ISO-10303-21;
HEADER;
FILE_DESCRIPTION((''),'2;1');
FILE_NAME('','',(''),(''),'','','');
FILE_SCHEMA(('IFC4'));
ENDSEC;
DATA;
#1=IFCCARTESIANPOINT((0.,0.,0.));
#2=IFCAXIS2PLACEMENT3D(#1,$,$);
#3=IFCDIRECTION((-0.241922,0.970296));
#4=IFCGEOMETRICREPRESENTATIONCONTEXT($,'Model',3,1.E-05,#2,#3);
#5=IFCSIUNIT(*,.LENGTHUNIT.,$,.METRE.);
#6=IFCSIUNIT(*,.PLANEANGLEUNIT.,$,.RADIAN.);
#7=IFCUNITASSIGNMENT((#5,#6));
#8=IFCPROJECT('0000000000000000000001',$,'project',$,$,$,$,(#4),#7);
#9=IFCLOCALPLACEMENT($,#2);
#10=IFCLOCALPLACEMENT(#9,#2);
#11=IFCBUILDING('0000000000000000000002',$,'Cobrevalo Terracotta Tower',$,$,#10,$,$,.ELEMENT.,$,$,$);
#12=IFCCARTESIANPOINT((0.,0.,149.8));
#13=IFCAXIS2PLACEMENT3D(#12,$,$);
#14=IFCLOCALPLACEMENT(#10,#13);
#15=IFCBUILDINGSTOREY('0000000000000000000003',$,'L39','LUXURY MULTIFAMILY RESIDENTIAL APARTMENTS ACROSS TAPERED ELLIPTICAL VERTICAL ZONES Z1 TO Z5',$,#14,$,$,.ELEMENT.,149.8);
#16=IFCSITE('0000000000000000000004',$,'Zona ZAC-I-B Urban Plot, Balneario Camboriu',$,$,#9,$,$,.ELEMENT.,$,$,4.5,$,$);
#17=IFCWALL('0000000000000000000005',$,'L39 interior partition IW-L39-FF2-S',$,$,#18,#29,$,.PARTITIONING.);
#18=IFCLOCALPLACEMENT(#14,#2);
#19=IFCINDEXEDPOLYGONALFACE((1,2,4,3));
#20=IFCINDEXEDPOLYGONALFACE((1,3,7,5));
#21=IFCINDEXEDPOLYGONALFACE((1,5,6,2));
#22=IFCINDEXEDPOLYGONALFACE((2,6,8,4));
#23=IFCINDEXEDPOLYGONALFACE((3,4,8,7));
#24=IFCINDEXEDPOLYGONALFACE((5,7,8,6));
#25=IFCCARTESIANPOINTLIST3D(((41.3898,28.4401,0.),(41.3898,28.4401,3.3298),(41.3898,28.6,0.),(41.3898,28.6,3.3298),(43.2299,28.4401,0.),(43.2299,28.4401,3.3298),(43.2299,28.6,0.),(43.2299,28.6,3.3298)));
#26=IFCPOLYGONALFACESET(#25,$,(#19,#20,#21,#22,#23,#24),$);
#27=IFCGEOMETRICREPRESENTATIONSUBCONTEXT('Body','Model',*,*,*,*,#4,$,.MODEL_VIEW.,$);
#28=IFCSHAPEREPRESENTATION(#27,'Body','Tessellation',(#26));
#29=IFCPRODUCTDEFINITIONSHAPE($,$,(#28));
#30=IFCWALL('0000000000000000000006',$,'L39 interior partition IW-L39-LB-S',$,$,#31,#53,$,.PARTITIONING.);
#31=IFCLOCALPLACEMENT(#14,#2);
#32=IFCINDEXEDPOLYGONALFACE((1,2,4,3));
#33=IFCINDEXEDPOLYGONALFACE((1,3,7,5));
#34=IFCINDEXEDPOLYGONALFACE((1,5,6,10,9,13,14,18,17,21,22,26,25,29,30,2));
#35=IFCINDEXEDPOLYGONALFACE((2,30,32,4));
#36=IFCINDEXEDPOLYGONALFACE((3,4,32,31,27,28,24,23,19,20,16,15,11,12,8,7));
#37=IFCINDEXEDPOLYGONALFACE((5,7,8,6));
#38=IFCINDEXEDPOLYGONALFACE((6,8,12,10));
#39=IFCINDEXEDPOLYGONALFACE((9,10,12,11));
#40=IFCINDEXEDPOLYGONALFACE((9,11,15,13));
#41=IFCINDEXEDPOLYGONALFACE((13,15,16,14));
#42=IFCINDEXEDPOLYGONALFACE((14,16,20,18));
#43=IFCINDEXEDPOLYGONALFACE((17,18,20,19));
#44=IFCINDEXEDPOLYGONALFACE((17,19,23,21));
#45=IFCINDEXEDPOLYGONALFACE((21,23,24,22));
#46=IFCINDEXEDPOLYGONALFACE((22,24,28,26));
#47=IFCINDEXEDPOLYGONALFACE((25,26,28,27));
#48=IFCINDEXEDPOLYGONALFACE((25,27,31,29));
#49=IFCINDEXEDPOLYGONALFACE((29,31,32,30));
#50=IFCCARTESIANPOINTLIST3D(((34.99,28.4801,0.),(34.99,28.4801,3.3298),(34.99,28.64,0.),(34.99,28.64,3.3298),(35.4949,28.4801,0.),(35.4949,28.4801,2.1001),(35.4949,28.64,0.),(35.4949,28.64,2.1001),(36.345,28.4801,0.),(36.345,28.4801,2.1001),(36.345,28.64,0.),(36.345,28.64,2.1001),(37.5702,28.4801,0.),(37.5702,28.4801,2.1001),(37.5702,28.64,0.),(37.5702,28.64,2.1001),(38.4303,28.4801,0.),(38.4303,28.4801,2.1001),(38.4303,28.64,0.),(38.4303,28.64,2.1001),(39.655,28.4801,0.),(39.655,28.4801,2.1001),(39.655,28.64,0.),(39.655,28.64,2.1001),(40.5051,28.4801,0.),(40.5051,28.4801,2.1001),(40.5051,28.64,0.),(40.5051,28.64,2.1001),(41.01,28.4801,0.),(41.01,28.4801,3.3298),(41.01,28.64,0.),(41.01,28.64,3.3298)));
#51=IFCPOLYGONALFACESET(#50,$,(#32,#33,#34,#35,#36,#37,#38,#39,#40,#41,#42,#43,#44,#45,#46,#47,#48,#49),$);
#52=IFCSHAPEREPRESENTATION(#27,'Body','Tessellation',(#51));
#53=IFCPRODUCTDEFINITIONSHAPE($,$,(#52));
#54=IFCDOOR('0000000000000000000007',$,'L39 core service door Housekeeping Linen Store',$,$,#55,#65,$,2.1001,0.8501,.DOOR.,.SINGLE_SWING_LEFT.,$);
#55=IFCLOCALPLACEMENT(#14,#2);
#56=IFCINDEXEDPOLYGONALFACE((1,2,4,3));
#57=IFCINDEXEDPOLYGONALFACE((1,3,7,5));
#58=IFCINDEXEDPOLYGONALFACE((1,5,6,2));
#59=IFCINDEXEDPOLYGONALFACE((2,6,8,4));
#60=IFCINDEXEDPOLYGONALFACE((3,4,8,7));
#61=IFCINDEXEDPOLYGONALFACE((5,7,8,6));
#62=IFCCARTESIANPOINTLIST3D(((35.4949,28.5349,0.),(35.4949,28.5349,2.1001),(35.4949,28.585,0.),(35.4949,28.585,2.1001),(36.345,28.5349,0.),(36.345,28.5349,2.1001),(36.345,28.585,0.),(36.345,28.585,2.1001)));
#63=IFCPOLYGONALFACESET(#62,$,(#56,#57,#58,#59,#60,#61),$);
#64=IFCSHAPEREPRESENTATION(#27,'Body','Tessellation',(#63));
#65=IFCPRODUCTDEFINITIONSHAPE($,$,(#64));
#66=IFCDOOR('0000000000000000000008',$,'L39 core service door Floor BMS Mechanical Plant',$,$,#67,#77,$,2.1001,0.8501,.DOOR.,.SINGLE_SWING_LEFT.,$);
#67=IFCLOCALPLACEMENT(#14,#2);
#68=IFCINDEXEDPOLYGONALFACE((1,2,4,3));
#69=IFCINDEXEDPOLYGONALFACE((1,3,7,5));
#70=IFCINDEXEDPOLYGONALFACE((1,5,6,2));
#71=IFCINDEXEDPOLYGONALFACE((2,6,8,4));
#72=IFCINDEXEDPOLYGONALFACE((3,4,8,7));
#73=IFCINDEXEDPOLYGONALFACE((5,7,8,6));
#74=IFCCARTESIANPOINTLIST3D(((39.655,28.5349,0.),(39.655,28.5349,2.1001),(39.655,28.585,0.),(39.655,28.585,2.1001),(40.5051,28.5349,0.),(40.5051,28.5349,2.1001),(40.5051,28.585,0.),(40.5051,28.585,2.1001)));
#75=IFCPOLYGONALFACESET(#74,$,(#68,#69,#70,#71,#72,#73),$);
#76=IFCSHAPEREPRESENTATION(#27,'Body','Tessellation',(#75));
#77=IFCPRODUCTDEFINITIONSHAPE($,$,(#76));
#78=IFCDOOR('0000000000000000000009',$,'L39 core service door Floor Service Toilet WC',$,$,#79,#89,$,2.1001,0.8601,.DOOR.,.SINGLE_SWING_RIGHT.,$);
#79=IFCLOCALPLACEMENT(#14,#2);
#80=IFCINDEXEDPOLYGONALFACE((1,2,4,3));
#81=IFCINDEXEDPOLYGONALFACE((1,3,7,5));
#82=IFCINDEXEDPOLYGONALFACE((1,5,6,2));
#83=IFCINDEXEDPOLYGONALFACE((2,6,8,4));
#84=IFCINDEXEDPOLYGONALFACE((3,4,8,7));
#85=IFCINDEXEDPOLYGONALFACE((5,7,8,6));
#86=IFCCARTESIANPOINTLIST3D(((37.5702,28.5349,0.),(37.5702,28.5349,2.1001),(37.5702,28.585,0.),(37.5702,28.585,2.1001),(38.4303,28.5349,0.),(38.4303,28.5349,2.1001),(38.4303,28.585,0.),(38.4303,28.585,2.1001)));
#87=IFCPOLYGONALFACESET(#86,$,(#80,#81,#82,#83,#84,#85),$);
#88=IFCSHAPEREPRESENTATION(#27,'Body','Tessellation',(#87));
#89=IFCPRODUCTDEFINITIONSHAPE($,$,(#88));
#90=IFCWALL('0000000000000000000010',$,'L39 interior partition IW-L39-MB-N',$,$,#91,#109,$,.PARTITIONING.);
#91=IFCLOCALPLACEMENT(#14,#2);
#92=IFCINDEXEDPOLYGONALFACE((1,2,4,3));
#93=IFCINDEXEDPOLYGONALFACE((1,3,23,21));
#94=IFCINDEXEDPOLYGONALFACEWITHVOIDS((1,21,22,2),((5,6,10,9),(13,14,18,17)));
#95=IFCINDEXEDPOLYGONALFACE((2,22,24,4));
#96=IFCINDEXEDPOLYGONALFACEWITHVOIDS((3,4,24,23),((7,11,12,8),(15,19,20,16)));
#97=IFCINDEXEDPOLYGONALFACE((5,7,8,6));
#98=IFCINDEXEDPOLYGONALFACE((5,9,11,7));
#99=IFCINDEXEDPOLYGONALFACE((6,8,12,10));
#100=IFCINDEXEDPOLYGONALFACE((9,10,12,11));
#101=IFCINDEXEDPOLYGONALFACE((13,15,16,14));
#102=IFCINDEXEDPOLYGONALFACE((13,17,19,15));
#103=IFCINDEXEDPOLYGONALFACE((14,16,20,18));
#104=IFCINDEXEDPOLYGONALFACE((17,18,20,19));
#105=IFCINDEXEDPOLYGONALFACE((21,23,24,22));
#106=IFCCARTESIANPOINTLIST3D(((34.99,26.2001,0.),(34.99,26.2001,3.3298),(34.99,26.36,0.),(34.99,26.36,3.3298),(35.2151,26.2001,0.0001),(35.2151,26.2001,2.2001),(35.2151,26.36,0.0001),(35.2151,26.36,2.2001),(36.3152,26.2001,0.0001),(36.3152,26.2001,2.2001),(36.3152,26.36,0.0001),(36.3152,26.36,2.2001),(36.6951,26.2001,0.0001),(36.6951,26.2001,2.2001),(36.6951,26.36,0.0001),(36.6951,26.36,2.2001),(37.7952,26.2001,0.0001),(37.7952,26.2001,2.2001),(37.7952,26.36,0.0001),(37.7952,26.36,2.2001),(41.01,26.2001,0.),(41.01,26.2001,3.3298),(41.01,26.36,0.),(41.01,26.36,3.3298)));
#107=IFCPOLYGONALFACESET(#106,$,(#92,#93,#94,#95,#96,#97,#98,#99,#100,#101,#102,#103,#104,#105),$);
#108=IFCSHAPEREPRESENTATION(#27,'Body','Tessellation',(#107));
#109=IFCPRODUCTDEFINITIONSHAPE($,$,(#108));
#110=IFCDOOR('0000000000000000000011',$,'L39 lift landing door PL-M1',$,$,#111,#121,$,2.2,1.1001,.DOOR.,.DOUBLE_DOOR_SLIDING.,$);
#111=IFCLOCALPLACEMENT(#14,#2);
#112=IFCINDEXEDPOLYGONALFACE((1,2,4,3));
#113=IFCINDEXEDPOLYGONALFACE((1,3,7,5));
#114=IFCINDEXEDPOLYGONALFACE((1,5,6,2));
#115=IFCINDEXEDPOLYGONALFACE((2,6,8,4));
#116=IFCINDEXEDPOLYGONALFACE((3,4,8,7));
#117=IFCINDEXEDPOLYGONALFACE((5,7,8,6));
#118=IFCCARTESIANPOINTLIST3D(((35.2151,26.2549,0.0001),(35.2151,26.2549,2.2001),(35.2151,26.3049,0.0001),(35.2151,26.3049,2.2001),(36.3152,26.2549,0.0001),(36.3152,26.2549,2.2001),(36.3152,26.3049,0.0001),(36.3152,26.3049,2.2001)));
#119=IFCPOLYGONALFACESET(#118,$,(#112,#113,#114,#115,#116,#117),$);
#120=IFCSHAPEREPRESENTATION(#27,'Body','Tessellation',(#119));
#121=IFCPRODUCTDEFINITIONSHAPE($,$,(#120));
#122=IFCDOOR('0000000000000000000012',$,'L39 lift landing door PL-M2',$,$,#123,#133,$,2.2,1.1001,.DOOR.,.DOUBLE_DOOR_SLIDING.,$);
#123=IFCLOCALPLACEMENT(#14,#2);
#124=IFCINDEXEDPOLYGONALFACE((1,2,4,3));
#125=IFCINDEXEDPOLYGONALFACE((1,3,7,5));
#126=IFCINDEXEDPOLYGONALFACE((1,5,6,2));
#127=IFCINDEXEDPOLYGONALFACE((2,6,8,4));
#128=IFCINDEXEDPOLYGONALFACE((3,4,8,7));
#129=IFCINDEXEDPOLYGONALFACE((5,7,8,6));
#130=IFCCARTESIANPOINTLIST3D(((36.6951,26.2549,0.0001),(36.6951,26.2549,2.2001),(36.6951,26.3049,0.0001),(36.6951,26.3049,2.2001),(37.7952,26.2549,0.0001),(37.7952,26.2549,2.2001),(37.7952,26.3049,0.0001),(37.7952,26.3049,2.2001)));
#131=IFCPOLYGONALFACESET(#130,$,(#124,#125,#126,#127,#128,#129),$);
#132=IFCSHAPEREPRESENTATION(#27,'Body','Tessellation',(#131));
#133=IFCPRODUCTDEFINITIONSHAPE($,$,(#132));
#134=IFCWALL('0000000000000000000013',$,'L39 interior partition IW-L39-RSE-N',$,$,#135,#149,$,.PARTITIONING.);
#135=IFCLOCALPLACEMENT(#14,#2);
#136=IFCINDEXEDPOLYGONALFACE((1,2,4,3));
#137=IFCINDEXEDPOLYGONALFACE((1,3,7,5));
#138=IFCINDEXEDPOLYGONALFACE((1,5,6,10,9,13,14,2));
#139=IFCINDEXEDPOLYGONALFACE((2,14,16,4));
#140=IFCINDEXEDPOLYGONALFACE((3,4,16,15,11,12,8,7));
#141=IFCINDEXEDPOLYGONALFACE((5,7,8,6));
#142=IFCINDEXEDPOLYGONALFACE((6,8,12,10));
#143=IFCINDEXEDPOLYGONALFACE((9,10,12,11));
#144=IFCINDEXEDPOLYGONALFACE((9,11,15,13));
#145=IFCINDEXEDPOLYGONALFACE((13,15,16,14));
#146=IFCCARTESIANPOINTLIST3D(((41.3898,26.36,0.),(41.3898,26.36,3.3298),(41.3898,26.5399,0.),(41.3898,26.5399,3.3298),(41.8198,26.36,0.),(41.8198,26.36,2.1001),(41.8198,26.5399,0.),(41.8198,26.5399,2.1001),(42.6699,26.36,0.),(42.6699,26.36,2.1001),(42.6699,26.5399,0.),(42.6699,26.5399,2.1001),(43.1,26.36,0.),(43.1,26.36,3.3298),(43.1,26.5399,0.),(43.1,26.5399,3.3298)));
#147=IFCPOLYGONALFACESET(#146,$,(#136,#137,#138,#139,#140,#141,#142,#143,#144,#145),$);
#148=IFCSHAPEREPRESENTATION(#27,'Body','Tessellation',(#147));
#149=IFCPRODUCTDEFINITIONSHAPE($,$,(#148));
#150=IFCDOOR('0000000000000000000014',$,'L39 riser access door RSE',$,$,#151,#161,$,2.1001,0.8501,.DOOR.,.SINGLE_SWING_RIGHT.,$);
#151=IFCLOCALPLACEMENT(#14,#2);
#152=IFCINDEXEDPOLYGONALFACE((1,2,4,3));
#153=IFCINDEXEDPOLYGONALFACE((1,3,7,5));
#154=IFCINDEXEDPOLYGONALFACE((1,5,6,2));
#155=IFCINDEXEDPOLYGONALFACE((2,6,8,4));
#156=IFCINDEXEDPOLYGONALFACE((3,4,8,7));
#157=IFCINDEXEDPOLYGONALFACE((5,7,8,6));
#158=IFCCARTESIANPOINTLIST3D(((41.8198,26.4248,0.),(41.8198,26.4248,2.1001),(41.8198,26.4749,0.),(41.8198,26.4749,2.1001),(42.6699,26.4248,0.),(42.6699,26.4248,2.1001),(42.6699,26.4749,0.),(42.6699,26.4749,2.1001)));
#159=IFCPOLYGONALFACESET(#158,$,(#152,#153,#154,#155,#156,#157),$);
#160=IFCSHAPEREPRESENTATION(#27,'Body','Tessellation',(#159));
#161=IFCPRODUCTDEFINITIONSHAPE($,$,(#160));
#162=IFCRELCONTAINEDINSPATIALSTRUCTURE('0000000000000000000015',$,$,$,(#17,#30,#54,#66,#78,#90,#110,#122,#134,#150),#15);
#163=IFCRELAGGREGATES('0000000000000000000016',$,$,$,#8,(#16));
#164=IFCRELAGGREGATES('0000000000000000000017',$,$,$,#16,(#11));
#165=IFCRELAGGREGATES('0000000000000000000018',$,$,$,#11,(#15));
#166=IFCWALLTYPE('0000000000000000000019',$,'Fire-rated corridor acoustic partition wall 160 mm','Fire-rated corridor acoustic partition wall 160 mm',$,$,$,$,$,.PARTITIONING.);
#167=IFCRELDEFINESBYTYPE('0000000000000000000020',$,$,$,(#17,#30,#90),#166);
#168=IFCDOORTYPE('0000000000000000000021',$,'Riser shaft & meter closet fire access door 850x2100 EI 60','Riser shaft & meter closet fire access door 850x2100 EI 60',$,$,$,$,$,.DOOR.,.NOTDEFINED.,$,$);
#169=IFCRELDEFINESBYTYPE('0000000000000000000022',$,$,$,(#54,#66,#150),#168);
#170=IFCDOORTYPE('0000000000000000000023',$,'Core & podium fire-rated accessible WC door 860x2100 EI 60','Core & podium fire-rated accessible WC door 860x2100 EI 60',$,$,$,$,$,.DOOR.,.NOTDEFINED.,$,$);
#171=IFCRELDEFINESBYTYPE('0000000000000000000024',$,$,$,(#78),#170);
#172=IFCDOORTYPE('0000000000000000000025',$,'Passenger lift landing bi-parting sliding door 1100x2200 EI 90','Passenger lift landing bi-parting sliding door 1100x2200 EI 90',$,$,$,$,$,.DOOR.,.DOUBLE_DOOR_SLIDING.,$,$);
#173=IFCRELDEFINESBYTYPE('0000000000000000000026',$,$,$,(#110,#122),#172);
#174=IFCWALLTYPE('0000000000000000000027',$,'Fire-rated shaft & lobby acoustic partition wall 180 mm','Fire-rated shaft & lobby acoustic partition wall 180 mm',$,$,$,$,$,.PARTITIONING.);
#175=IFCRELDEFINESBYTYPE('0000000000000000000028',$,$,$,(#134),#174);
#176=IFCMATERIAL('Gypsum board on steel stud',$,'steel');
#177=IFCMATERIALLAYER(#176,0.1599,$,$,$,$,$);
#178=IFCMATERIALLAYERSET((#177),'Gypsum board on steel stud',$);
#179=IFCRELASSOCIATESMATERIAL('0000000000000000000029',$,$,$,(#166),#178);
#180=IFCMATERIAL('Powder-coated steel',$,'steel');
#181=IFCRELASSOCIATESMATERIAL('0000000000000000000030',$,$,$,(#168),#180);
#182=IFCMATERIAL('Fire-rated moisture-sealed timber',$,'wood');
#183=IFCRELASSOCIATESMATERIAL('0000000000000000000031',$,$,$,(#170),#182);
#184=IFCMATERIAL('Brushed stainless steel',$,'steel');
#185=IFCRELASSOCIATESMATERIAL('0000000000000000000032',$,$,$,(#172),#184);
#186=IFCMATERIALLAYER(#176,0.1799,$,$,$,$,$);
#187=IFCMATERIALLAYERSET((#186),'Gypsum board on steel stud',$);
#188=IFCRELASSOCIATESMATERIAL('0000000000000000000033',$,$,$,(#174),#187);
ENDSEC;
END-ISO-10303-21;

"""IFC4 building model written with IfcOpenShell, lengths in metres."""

from ifc_helpers import new_model, si_unit, direction, frame, frame_2d, origin, place, context, subcontext, project, spatial, rectangle, extrude, source, transform, mapped, material, layer, layer_set, type_object, element, fill, save


model = new_model("IFC4")

# Units and contexts
model_context = context("Model", 3, precision=1e-05, world=origin(), true_north=direction((-0.241922, 0.970296)))
body_context = subcontext(model_context, "Body", "Model", "MODEL_VIEW")
ifc_project = project(units=[si_unit("LENGTHUNIT", "METRE"), si_unit("PLANEANGLEUNIT", "RADIAN")], contexts=[model_context])

# Site, building, storey
site_placement = place(None, origin())
site = spatial("IfcSite", under=ifc_project, at=site_placement, Name="Zona ZAC-I-B Urban Plot, Balneario Camboriu", CompositionType="ELEMENT", RefElevation=4.5)
building_placement = place(site_placement, origin())
building = spatial("IfcBuilding", under=site, at=building_placement, Name="Cobrevalo Terracotta Tower", CompositionType="ELEMENT")
storey_placement = place(building_placement, frame((0.0, 0.0, 149.8)))
storey = spatial("IfcBuildingStorey", under=building, at=storey_placement, Name="L39", Description="LUXURY MULTIFAMILY RESIDENTIAL APARTMENTS ACROSS TAPERED ELLIPTICAL VERTICAL ZONES Z1 TO Z5", CompositionType="ELEMENT", Elevation=149.8)

# Wall
ifc_material_1 = material(Name="Gypsum board on steel stud", Category="steel")
ifc_layer_1 = layer(ifc_material_1, 0.1599)
ifc_layer_set_1 = layer_set([ifc_layer_1], Name="Gypsum board on steel stud")
wall_type_1 = type_object("IfcWallType", Name="Fire-rated corridor acoustic partition wall 160 mm", Description="Fire-rated corridor acoustic partition wall 160 mm", PredefinedType="PARTITIONING", material=ifc_layer_set_1)
wall_1_placement = place(storey_placement, frame((41.3899, 28.52, 0.0), z_axis=(0.0, 0.0, 1.0), x_axis=(1.0, 0.0, 0.0)))
element("IfcWall", 1, at=wall_1_placement, inside=storey, type_object=wall_type_1, Name="L39 interior partition IW-L39-FF2-S", PredefinedType="PARTITIONING", context=body_context, shape_type="SweptSolid", body=[
    extrude(rectangle(XDim=1.8401, YDim=0.1599, at=frame_2d((0.9199, 0.0))), origin(), (0.0, 0.0, 1.0), 3.3298),
])

# Walls, openings, doors
wall_2_placement = place(storey_placement, frame((34.99, 28.5601, 0.0), z_axis=(0.0, 0.0, 1.0), x_axis=(1.0, 0.0, 0.0)))
wall_2 = element("IfcWall", 2, at=wall_2_placement, inside=storey, type_object=wall_type_1, Name="L39 interior partition IW-L39-LB-S", PredefinedType="PARTITIONING", context=body_context, shape_type="SweptSolid", body=[
    extrude(rectangle(XDim=6.02, YDim=0.1599, at=frame_2d((3.01, 0.0))), origin(), (0.0, 0.0, 1.0), 3.3298),
])
opening_1_placement = place(wall_2_placement, frame((0.5049, 0.0, 0.0)))
opening_1 = element("IfcOpeningElement", 3, at=opening_1_placement, cuts=wall_2, PredefinedType="OPENING", context=body_context, shape_type="SweptSolid", body=[
    extrude(rectangle(XDim=0.8501, YDim=2.1001, at=frame_2d((0.425, 1.05))), frame((0.0, 0.0898, 0.0), z_axis=(0.0, -1.0, 0.0), x_axis=(1.0, 0.0, 0.0)), (0.0, 0.0, 1.0), 0.1799),
])
opening_2_placement = place(wall_2_placement, frame((2.5801, 0.0, 0.0)))
opening_2 = element("IfcOpeningElement", 4, at=opening_2_placement, cuts=wall_2, PredefinedType="OPENING", context=body_context, shape_type="SweptSolid", body=[
    extrude(rectangle(XDim=0.8601, YDim=2.1001, at=frame_2d((0.4302, 1.05))), frame((0.0, 0.0898, 0.0), z_axis=(0.0, -1.0, 0.0), x_axis=(1.0, 0.0, 0.0)), (0.0, 0.0, 1.0), 0.1799),
])
opening_3_placement = place(wall_2_placement, frame((4.665, 0.0, 0.0)))
opening_3 = element("IfcOpeningElement", 5, at=opening_3_placement, cuts=wall_2, PredefinedType="OPENING", context=body_context, shape_type="SweptSolid", body=[
    extrude(rectangle(XDim=0.8501, YDim=2.1001, at=frame_2d((0.425, 1.05))), frame((0.0, 0.0898, 0.0), z_axis=(0.0, -1.0, 0.0), x_axis=(1.0, 0.0, 0.0)), (0.0, 0.0, 1.0), 0.1799),
])
ifc_material_2 = material(Name="Powder-coated steel", Category="steel")
door_type_1 = type_object("IfcDoorType", Name="Riser shaft & meter closet fire access door 850x2100 EI 60", Description="Riser shaft & meter closet fire access door 850x2100 EI 60", OperationType="NOTDEFINED", PredefinedType="DOOR", material=ifc_material_2)
shared_shape_1 = source(origin(), body_context, "Body", "SweptSolid", [
    extrude(rectangle(XDim=0.8501, YDim=2.1001, at=frame_2d((0.425, 1.05))), frame((0.0, 0.0249, 0.0), z_axis=(0.0, -1.0, 0.0), x_axis=(1.0, 0.0, 0.0)), (0.0, 0.0, 1.0), 0.05),
])
door_1_placement = place(opening_1_placement, origin())
door_1 = element("IfcDoor", 6, at=door_1_placement, inside=storey, type_object=door_type_1, Name="L39 core service door Housekeeping Linen Store", OperationType="SINGLE_SWING_LEFT", OverallHeight=2.1001, OverallWidth=0.8501, PredefinedType="DOOR", context=body_context, shape_type="MappedRepresentation", body=[
    mapped(shared_shape_1, transform((0.0, 0.0, 0.0), scale=1.0)),
])
fill(opening_1, door_1)
door_2_placement = place(opening_3_placement, origin())
door_2 = element("IfcDoor", 7, at=door_2_placement, inside=storey, type_object=door_type_1, Name="L39 core service door Floor BMS Mechanical Plant", OperationType="SINGLE_SWING_LEFT", OverallHeight=2.1001, OverallWidth=0.8501, PredefinedType="DOOR", context=body_context, shape_type="MappedRepresentation", body=[
    mapped(shared_shape_1, transform((0.0, 0.0, 0.0), scale=1.0)),
])
fill(opening_3, door_2)
ifc_material_3 = material(Name="Fire-rated moisture-sealed timber", Category="wood")
door_type_2 = type_object("IfcDoorType", Name="Core & podium fire-rated accessible WC door 860x2100 EI 60", Description="Core & podium fire-rated accessible WC door 860x2100 EI 60", OperationType="NOTDEFINED", PredefinedType="DOOR", material=ifc_material_3)
shared_shape_2 = source(origin(), body_context, "Body", "SweptSolid", [
    extrude(rectangle(XDim=0.8601, YDim=2.1001, at=frame_2d((0.4302, 1.05))), frame((0.0, 0.0249, 0.0), z_axis=(0.0, -1.0, 0.0), x_axis=(1.0, 0.0, 0.0)), (0.0, 0.0, 1.0), 0.05),
])
door_3_placement = place(opening_2_placement, origin())
door_3 = element("IfcDoor", 8, at=door_3_placement, inside=storey, type_object=door_type_2, Name="L39 core service door Floor Service Toilet WC", OperationType="SINGLE_SWING_RIGHT", OverallHeight=2.1001, OverallWidth=0.8601, PredefinedType="DOOR", context=body_context, shape_type="MappedRepresentation", body=[
    mapped(shared_shape_2, transform((0.0, 0.0, 0.0), scale=1.0)),
])
fill(opening_2, door_3)
wall_3_placement = place(storey_placement, frame((34.99, 26.28, 0.0), z_axis=(0.0, 0.0, 1.0), x_axis=(1.0, 0.0, 0.0)))
wall_3 = element("IfcWall", 9, at=wall_3_placement, inside=storey, type_object=wall_type_1, Name="L39 interior partition IW-L39-MB-N", PredefinedType="PARTITIONING", context=body_context, shape_type="SweptSolid", body=[
    extrude(rectangle(XDim=6.02, YDim=0.1599, at=frame_2d((3.01, 0.0))), origin(), (0.0, 0.0, 1.0), 3.3298),
])
opening_4_placement = place(wall_3_placement, frame((0.2251, 0.0, 0.0)))
opening_4 = element("IfcOpeningElement", 10, at=opening_4_placement, cuts=wall_3, PredefinedType="OPENING", context=body_context, shape_type="SweptSolid", body=[
    extrude(rectangle(XDim=1.1001, YDim=2.2, at=frame_2d((0.55, 1.1001))), frame((0.0, 0.0898, 0.0), z_axis=(0.0, -1.0, 0.0), x_axis=(1.0, 0.0, 0.0)), (0.0, 0.0, 1.0), 0.1799),
])
opening_5_placement = place(wall_3_placement, frame((1.7051, 0.0, 0.0)))
opening_5 = element("IfcOpeningElement", 11, at=opening_5_placement, cuts=wall_3, PredefinedType="OPENING", context=body_context, shape_type="SweptSolid", body=[
    extrude(rectangle(XDim=1.1001, YDim=2.2, at=frame_2d((0.55, 1.1001))), frame((0.0, 0.0898, 0.0), z_axis=(0.0, -1.0, 0.0), x_axis=(1.0, 0.0, 0.0)), (0.0, 0.0, 1.0), 0.1799),
])
ifc_material_4 = material(Name="Brushed stainless steel", Category="steel")
door_type_3 = type_object("IfcDoorType", Name="Passenger lift landing bi-parting sliding door 1100x2200 EI 90", Description="Passenger lift landing bi-parting sliding door 1100x2200 EI 90", OperationType="DOUBLE_DOOR_SLIDING", PredefinedType="DOOR", material=ifc_material_4)
shared_shape_3 = source(origin(), body_context, "Body", "SweptSolid", [
    extrude(rectangle(XDim=1.1001, YDim=2.2, at=frame_2d((0.55, 1.1001))), frame((0.0, 0.0249, 0.0), z_axis=(0.0, -1.0, 0.0), x_axis=(1.0, 0.0, 0.0)), (0.0, 0.0, 1.0), 0.05),
])
door_4_placement = place(opening_4_placement, origin())
door_4 = element("IfcDoor", 12, at=door_4_placement, inside=storey, type_object=door_type_3, Name="L39 lift landing door PL-M1", OperationType="DOUBLE_DOOR_SLIDING", OverallHeight=2.2, OverallWidth=1.1001, PredefinedType="DOOR", context=body_context, shape_type="MappedRepresentation", body=[
    mapped(shared_shape_3, transform((0.0, 0.0, 0.0), scale=1.0)),
])
fill(opening_4, door_4)
door_5_placement = place(opening_5_placement, origin())
door_5 = element("IfcDoor", 13, at=door_5_placement, inside=storey, type_object=door_type_3, Name="L39 lift landing door PL-M2", OperationType="DOUBLE_DOOR_SLIDING", OverallHeight=2.2, OverallWidth=1.1001, PredefinedType="DOOR", context=body_context, shape_type="MappedRepresentation", body=[
    mapped(shared_shape_3, transform((0.0, 0.0, 0.0), scale=1.0)),
])
fill(opening_5, door_5)

# Wall, opening, door
ifc_layer_2 = layer(ifc_material_1, 0.1799)
ifc_layer_set_2 = layer_set([ifc_layer_2], Name="Gypsum board on steel stud")
wall_type_2 = type_object("IfcWallType", Name="Fire-rated shaft & lobby acoustic partition wall 180 mm", Description="Fire-rated shaft & lobby acoustic partition wall 180 mm", PredefinedType="PARTITIONING", material=ifc_layer_set_2)
wall_4_placement = place(storey_placement, frame((41.3899, 26.45, 0.0), z_axis=(0.0, 0.0, 1.0), x_axis=(1.0, 0.0, 0.0)))
wall_4 = element("IfcWall", 14, at=wall_4_placement, inside=storey, type_object=wall_type_2, Name="L39 interior partition IW-L39-RSE-N", PredefinedType="PARTITIONING", context=body_context, shape_type="SweptSolid", body=[
    extrude(rectangle(XDim=1.7102, YDim=0.1799, at=frame_2d((0.855, 0.0))), origin(), (0.0, 0.0, 1.0), 3.3298),
])
opening_6_placement = place(wall_4_placement, frame((0.4299, 0.0, 0.0)))
opening_6 = element("IfcOpeningElement", 15, at=opening_6_placement, cuts=wall_4, PredefinedType="OPENING", context=body_context, shape_type="SweptSolid", body=[
    extrude(rectangle(XDim=0.8501, YDim=2.1001, at=frame_2d((0.425, 1.05))), frame((0.0, 0.1001, 0.0), z_axis=(0.0, -1.0, 0.0), x_axis=(1.0, 0.0, 0.0)), (0.0, 0.0, 1.0), 0.2),
])
door_6_placement = place(opening_6_placement, origin())
door_6 = element("IfcDoor", 16, at=door_6_placement, inside=storey, type_object=door_type_1, Name="L39 riser access door RSE", OperationType="SINGLE_SWING_RIGHT", OverallHeight=2.1001, OverallWidth=0.8501, PredefinedType="DOOR", context=body_context, shape_type="MappedRepresentation", body=[
    mapped(shared_shape_1, transform((0.0, 0.0, 0.0), scale=1.0)),
])
fill(opening_6, door_6)

save(model, "model.ifc")
